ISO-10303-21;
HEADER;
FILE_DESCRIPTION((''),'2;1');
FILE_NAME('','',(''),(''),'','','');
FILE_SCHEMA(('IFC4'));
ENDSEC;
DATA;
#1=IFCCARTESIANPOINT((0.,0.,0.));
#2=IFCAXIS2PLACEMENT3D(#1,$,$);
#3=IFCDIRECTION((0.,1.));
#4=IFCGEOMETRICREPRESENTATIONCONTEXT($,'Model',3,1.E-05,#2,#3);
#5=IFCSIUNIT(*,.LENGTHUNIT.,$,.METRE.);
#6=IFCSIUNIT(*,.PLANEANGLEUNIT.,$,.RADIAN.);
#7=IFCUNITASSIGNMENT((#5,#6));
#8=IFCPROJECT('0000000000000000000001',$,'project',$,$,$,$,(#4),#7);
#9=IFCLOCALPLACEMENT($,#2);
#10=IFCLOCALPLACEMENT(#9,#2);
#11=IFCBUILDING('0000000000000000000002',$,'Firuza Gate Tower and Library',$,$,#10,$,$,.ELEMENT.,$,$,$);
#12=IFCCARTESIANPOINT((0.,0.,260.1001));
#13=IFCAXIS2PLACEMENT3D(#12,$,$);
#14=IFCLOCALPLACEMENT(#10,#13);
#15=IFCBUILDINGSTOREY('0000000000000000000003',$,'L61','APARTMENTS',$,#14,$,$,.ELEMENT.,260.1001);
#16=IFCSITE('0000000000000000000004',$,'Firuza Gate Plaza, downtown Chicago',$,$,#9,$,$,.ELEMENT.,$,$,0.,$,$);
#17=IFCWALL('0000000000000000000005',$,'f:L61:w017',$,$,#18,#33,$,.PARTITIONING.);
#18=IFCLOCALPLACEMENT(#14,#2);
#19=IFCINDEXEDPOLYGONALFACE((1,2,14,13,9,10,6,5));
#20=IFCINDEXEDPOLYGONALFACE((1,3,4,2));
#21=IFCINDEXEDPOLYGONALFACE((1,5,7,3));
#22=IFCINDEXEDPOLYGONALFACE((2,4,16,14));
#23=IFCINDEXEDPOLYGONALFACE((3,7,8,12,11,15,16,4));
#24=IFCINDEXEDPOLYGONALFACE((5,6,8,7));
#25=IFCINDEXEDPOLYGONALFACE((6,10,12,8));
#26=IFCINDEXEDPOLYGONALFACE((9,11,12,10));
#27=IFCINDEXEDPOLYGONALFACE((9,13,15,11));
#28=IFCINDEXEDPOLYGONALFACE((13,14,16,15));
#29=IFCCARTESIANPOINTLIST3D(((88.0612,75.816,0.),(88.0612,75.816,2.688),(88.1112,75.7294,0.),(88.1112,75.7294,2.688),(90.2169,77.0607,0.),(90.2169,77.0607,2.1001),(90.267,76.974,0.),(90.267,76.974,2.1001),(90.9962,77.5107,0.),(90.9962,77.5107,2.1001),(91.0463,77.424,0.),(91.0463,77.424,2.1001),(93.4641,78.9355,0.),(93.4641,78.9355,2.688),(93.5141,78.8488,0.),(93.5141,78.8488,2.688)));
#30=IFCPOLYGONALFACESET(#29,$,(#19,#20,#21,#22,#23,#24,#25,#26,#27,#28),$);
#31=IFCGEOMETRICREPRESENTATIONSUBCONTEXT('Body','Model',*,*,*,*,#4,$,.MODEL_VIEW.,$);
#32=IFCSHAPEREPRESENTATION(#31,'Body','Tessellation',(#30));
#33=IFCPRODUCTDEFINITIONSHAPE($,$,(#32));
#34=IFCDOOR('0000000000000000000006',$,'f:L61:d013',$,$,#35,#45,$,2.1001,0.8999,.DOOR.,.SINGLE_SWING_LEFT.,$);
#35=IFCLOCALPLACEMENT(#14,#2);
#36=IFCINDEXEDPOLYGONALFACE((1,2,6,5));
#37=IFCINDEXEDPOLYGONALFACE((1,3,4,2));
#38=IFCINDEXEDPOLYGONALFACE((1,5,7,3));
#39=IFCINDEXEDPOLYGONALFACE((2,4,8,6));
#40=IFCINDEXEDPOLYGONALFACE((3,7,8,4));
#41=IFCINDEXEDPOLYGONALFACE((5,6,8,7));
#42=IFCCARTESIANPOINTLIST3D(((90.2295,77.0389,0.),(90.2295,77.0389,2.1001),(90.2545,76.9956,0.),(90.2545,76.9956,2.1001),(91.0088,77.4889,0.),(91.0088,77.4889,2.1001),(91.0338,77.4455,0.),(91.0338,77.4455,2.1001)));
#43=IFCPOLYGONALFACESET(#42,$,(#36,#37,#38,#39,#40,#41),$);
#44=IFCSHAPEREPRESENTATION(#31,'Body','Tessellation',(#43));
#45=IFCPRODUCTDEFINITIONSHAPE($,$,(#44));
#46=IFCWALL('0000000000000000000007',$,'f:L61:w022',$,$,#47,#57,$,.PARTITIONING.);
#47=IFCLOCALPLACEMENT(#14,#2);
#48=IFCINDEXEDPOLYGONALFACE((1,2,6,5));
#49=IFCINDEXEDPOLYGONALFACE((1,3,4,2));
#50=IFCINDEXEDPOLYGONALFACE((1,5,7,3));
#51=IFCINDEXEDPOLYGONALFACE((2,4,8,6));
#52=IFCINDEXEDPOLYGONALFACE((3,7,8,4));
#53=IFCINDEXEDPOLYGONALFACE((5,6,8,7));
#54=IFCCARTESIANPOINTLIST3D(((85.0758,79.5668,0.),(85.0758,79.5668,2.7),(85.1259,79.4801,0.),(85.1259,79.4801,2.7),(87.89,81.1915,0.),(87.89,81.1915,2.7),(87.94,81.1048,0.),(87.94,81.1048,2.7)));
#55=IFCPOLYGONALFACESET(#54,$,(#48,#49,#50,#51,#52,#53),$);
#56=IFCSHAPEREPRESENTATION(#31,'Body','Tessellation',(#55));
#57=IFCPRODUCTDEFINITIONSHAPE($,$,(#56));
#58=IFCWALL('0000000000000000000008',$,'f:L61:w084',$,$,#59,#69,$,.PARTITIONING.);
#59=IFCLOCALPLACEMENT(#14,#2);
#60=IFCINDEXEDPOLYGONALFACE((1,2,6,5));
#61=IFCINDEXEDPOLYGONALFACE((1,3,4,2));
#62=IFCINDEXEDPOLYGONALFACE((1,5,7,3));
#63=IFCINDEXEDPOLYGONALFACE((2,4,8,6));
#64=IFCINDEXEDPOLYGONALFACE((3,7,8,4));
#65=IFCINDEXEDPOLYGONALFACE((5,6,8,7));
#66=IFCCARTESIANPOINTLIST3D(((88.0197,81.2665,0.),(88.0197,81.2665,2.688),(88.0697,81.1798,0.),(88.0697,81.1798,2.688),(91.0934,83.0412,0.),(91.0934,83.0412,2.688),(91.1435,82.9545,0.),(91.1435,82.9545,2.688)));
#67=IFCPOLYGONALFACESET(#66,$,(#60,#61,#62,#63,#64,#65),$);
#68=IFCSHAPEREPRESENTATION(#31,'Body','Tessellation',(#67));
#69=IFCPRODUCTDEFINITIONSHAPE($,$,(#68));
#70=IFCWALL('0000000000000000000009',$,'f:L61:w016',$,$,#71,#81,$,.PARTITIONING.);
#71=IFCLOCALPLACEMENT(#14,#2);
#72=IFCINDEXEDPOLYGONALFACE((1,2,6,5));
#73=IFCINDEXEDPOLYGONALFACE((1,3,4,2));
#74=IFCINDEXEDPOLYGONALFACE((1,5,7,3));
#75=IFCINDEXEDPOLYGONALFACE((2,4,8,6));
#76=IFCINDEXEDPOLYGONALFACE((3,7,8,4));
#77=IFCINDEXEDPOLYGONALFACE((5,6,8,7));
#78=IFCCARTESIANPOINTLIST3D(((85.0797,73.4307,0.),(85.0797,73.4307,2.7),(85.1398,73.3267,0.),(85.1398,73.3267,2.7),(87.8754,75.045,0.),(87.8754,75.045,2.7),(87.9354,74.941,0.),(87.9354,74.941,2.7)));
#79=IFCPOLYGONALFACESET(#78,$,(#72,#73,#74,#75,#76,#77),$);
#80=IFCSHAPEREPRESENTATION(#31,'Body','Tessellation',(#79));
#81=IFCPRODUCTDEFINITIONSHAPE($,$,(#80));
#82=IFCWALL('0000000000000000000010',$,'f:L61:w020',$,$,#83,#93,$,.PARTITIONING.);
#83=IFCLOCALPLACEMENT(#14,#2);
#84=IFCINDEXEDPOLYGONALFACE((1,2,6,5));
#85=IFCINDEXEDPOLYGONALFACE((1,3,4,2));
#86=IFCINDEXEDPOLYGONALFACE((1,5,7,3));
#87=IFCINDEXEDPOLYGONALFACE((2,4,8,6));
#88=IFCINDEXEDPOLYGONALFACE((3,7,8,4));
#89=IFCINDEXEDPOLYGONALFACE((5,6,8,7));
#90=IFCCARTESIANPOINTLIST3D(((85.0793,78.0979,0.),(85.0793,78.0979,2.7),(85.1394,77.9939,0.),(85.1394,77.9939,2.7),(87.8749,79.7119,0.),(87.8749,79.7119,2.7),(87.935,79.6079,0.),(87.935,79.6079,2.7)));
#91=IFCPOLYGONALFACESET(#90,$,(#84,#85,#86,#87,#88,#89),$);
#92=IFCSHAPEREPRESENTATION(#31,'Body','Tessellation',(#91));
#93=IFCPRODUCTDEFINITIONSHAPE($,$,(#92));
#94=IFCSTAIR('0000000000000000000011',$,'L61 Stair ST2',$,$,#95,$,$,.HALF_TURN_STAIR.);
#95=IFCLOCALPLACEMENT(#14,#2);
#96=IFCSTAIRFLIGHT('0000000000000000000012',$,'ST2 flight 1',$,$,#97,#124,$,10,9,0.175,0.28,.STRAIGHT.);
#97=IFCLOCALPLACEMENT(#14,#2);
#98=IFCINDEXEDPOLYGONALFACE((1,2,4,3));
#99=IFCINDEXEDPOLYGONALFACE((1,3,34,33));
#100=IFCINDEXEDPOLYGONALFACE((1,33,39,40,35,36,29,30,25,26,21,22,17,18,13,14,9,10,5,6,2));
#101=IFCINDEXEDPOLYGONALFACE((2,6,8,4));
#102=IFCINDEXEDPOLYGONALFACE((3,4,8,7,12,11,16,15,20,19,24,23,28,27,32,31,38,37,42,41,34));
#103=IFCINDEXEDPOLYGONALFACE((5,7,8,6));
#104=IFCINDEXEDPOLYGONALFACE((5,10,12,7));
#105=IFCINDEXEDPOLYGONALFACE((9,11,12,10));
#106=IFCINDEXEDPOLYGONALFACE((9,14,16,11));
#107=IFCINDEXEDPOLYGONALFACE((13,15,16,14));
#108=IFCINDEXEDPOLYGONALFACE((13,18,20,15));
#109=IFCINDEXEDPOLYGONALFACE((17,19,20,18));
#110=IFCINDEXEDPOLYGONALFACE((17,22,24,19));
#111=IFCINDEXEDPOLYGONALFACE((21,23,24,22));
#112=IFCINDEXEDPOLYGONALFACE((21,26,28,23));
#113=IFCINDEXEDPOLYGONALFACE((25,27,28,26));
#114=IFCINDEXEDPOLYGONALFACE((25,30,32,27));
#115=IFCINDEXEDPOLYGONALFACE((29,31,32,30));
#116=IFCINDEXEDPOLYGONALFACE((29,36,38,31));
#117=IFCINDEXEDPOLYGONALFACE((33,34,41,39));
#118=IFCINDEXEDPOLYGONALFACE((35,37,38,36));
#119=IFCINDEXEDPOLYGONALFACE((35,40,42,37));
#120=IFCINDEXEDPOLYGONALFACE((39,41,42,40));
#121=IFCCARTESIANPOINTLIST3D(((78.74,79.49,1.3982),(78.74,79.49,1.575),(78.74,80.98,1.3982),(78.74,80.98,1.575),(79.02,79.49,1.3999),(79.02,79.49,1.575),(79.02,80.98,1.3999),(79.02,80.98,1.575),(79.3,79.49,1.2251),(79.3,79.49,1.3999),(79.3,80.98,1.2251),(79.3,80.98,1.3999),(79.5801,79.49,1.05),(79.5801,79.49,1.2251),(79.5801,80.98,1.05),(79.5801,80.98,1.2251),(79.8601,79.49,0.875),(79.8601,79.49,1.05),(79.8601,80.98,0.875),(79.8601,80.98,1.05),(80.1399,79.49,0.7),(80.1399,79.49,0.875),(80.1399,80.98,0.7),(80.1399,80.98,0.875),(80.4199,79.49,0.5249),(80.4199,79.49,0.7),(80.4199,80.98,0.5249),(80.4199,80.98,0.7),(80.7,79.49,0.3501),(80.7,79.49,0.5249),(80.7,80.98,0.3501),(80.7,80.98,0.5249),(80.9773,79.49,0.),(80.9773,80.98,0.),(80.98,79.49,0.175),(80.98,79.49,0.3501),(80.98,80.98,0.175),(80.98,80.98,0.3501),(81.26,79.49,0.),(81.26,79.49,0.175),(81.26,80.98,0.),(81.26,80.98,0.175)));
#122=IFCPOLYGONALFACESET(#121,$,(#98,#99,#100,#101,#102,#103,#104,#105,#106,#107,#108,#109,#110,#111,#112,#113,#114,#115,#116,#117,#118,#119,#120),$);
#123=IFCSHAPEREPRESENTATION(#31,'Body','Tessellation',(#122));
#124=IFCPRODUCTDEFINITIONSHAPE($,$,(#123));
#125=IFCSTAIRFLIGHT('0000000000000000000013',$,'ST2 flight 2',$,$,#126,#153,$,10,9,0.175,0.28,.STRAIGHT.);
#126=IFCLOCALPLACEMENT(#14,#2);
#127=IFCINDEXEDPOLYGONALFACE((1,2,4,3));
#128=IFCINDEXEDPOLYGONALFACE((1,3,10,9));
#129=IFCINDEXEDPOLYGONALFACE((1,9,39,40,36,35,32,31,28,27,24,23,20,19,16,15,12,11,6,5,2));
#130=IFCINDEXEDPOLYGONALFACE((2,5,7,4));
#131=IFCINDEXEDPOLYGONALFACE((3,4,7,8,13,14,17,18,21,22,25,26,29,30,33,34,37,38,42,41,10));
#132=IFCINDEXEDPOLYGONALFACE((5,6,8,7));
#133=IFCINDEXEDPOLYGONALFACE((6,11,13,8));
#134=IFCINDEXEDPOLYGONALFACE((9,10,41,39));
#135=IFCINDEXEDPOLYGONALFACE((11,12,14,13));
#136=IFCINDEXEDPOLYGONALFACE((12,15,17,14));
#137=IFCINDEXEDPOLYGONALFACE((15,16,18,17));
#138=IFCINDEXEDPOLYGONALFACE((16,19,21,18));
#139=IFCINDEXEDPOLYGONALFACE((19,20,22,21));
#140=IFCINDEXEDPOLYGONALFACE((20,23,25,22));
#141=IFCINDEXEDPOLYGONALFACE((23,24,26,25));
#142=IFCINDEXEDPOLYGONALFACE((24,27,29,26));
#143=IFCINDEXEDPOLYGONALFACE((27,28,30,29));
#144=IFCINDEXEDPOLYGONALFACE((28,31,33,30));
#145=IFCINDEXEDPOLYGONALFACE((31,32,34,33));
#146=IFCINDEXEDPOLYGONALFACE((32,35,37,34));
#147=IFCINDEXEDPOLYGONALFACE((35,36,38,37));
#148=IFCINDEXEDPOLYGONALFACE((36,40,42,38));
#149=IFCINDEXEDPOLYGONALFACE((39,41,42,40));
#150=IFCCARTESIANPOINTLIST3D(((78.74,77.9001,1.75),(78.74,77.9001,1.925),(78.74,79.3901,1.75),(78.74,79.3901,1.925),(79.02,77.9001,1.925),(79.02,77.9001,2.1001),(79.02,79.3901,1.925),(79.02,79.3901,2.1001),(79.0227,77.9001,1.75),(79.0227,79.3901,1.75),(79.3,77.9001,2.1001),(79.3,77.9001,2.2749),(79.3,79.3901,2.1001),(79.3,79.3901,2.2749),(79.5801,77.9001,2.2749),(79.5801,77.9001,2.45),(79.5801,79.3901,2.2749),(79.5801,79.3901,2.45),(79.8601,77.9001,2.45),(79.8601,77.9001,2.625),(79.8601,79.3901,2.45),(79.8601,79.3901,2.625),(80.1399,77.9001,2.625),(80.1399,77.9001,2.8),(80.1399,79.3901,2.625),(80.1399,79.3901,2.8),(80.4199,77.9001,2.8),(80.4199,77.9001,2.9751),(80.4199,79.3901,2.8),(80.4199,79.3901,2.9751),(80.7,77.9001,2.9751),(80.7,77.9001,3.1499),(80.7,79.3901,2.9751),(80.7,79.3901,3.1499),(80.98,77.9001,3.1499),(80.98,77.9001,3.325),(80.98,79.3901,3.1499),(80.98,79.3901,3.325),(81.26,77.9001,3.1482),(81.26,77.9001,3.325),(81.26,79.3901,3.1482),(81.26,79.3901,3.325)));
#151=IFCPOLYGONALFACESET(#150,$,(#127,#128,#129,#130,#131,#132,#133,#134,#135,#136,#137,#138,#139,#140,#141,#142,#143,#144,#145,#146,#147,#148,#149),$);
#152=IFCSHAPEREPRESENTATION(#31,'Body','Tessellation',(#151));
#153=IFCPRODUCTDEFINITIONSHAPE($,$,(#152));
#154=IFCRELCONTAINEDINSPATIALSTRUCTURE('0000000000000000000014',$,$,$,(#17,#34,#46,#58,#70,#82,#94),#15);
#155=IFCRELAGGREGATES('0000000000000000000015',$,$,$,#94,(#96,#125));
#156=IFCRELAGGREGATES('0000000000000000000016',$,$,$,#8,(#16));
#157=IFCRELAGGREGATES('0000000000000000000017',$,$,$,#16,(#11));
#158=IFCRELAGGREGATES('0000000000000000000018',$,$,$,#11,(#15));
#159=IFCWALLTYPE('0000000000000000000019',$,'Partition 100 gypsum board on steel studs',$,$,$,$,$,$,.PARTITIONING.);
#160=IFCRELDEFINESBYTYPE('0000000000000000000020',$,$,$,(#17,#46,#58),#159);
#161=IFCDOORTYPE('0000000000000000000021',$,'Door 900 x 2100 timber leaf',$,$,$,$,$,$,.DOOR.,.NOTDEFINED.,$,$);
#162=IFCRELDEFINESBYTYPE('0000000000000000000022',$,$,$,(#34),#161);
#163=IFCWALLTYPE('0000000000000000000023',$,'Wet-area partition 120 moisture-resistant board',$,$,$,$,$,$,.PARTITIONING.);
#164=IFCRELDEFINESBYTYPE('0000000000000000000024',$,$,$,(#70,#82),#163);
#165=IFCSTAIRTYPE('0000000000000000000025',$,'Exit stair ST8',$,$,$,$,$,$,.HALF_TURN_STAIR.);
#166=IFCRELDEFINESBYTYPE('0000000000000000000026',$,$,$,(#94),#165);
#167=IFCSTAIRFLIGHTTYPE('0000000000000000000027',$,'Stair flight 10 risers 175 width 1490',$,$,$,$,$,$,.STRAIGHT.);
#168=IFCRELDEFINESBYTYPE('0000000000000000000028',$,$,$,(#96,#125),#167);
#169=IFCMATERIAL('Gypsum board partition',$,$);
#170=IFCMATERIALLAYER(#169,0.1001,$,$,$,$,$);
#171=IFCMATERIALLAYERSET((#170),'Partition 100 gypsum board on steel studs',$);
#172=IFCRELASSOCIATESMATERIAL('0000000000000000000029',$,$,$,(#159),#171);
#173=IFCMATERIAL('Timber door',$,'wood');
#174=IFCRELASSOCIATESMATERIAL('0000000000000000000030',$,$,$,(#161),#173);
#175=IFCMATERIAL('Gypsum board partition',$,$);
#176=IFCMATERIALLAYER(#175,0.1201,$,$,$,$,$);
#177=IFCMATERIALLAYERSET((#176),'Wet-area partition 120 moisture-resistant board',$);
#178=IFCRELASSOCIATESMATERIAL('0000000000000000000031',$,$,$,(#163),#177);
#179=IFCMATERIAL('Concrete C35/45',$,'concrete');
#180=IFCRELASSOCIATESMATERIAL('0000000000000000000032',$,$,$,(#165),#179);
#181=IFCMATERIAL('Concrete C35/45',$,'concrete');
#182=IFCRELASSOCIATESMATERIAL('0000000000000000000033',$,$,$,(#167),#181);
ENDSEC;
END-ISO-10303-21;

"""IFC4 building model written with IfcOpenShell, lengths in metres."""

from ifc_helpers import new_model, si_unit, direction, frame, frame_2d, origin, place, context, subcontext, project, spatial, polyline, rectangle, outline, extrude, material, layer, layer_set, type_object, element, fill, aggregate, save


model = new_model("IFC4")

# Units and contexts
model_context = context("Model", 3, precision=1e-05, world=origin(), true_north=direction((0.0, 1.0)))
body_context = subcontext(model_context, "Body", "Model", "MODEL_VIEW")
ifc_project = project(units=[si_unit("LENGTHUNIT", "METRE"), si_unit("PLANEANGLEUNIT", "RADIAN")], contexts=[model_context])

# Site, building, storey
site_placement = place(None, origin())
site = spatial("IfcSite", under=ifc_project, at=site_placement, Name="Firuza Gate Plaza, downtown Chicago", CompositionType="ELEMENT", RefElevation=0.0)
building_placement = place(site_placement, origin())
building = spatial("IfcBuilding", under=site, at=building_placement, Name="Firuza Gate Tower and Library", CompositionType="ELEMENT")
storey_placement = place(building_placement, frame((0.0, 0.0, 260.1001)))
storey = spatial("IfcBuildingStorey", under=building, at=storey_placement, Name="L61", Description="APARTMENTS", CompositionType="ELEMENT", Elevation=260.1001)

# Shared definitions
placement = place(storey_placement, origin())

# Wall, opening, door
ifc_material_1 = material(Name="Gypsum board partition")
ifc_layer_1 = layer(ifc_material_1, 0.1001)
ifc_layer_set_1 = layer_set([ifc_layer_1], Name="Partition 100 gypsum board on steel studs")
wall_type_1 = type_object("IfcWallType", Name="Partition 100 gypsum board on steel studs", PredefinedType="PARTITIONING", material=ifc_layer_set_1)
wall_1_placement = place(storey_placement, frame((88.0862, 75.7727, 0.0), z_axis=(0.0, 0.0, 1.0), x_axis=(0.866021, 0.500007, 0.0)))
wall_1 = element("IfcWall", 1, at=wall_1_placement, inside=storey, type_object=wall_type_1, Name="f:L61:w017", PredefinedType="PARTITIONING", context=body_context, shape_type="SweptSolid", body=[
    extrude(rectangle(XDim=6.2388, YDim=0.1001, at=frame_2d((3.1194, 0.0))), origin(), (0.0, 0.0, 1.0), 2.688),
])
opening_1_placement = place(wall_1_placement, frame((2.4893, 0.0, 0.0)))
opening_1 = element("IfcOpeningElement", 2, at=opening_1_placement, cuts=wall_1, PredefinedType="OPENING", context=body_context, shape_type="SweptSolid", body=[
    extrude(rectangle(XDim=0.8999, YDim=2.1001, at=frame_2d((0.45, 1.05))), frame((0.0, 0.0601, 0.0), z_axis=(0.0, -1.0, 0.0), x_axis=(1.0, 0.0, 0.0)), (0.0, 0.0, 1.0), 0.1201),
])
ifc_material_2 = material(Name="Timber door", Category="wood")
door_type_1 = type_object("IfcDoorType", Name="Door 900 x 2100 timber leaf", OperationType="NOTDEFINED", PredefinedType="DOOR", material=ifc_material_2)
door_1_placement = place(opening_1_placement, origin())
door_1 = element("IfcDoor", 3, at=door_1_placement, inside=storey, type_object=door_type_1, Name="f:L61:d013", OperationType="SINGLE_SWING_LEFT", OverallHeight=2.1001, OverallWidth=0.8999, PredefinedType="DOOR", context=body_context, shape_type="SweptSolid", body=[
    extrude(rectangle(XDim=0.8999, YDim=2.1001, at=frame_2d((0.45, 1.05))), frame((0.0, 0.0249, 0.0), z_axis=(0.0, -1.0, 0.0), x_axis=(1.0, 0.0, 0.0)), (0.0, 0.0, 1.0), 0.05),
])
fill(opening_1, door_1)

# Walls
wall_2_placement = place(storey_placement, frame((85.1008, 79.5234, 0.0), z_axis=(0.0, 0.0, 1.0), x_axis=(0.866029, 0.499993, 0.0)))
element("IfcWall", 4, at=wall_2_placement, inside=storey, type_object=wall_type_1, Name="f:L61:w022", PredefinedType="PARTITIONING", context=body_context, shape_type="SweptSolid", body=[
    extrude(rectangle(XDim=3.2495, YDim=0.1001, at=frame_2d((1.6248, 0.0))), origin(), (0.0, 0.0, 1.0), 2.7),
])
wall_3_placement = place(storey_placement, frame((88.0447, 81.2231, 0.0), z_axis=(0.0, 0.0, 1.0), x_axis=(0.866021, 0.500008, 0.0)))
element("IfcWall", 5, at=wall_3_placement, inside=storey, type_object=wall_type_1, Name="f:L61:w084", PredefinedType="PARTITIONING", context=body_context, shape_type="SweptSolid", body=[
    extrude(rectangle(XDim=3.5493, YDim=0.1001, at=frame_2d((1.7747, 0.0))), origin(), (0.0, 0.0, 1.0), 2.688),
])
ifc_material_3 = material(Name="Gypsum board partition")
ifc_layer_2 = layer(ifc_material_3, 0.1201)
ifc_layer_set_2 = layer_set([ifc_layer_2], Name="Wet-area partition 120 moisture-resistant board")
wall_type_2 = type_object("IfcWallType", Name="Wet-area partition 120 moisture-resistant board", PredefinedType="PARTITIONING", material=ifc_layer_set_2)
wall_4_placement = place(storey_placement, frame((85.1096, 73.3787, 0.0), z_axis=(0.0, 0.0, 1.0), x_axis=(0.866, 0.500043, 0.0)))
element("IfcWall", 6, at=wall_4_placement, inside=storey, type_object=wall_type_2, Name="f:L61:w016", PredefinedType="PARTITIONING", context=body_context, shape_type="SweptSolid", body=[
    extrude(rectangle(XDim=3.2283, YDim=0.1201, at=frame_2d((1.6143, 0.0))), origin(), (0.0, 0.0, 1.0), 2.7),
])
wall_5_placement = place(storey_placement, frame((85.1094, 78.0459, 0.0), z_axis=(0.0, 0.0, 1.0), x_axis=(0.866033, 0.499987, 0.0)))
element("IfcWall", 7, at=wall_5_placement, inside=storey, type_object=wall_type_2, Name="f:L61:w020", PredefinedType="PARTITIONING", context=body_context, shape_type="SweptSolid", body=[
    extrude(rectangle(XDim=3.228, YDim=0.1201, at=frame_2d((1.614, 0.0))), origin(), (0.0, 0.0, 1.0), 2.7),
])

# Stair, stair flights
ifc_material_4 = material(Name="Concrete C35/45", Category="concrete")
stair_type = type_object("IfcStairType", Name="Exit stair ST8", PredefinedType="HALF_TURN_STAIR", material=ifc_material_4)
stair = element("IfcStair", 8, at=placement, inside=storey, type_object=stair_type, Name="L61 Stair ST2", PredefinedType="HALF_TURN_STAIR")
ifc_material_5 = material(Name="Concrete C35/45", Category="concrete")
stair_flight_type = type_object("IfcStairFlightType", Name="Stair flight 10 risers 175 width 1490", PredefinedType="STRAIGHT", material=ifc_material_5)
stair_flight_1_placement = place(storey_placement, frame((81.26, 80.2351, 0.0), z_axis=(0.0, 0.0, 1.0), x_axis=(-1.0, 0.0, 0.0)))
stair_flight_1 = element("IfcStairFlight", 9, at=stair_flight_1_placement, type_object=stair_flight_type, Name="ST2 flight 1", NumberOfRisers=10, NumberOfTreads=9, PredefinedType="STRAIGHT", RiserHeight=0.175, TreadLength=0.28, context=body_context, shape_type="SweptSolid", body=[
    extrude(outline(polyline([(0.0, 0.0), (0.0, 0.175), (0.28, 0.175), (0.28, 0.3501), (0.5601, 0.3501), (0.5601, 0.5249), (0.8401, 0.5249), (0.8401, 0.7), (1.1201, 0.7), (1.1201, 0.875), (1.3999, 0.875), (1.3999, 1.05), (1.6799, 1.05), (1.6799, 1.2251), (1.96, 1.2251), (1.96, 1.3999), (2.24, 1.3999), (2.24, 1.575), (2.52, 1.575), (2.52, 1.75), (2.52, 1.3982), (0.2827, 0.0), (0.0, 0.0)])), frame((0.0, 0.7451, 0.0), z_axis=(0.0, -1.0, 0.0), x_axis=(1.0, 0.0, 0.0)), (0.0, 0.0, 1.0), 1.49),
])
stair_flight_2_placement = place(storey_placement, frame((78.74, 78.645, 1.75), z_axis=(0.0, 0.0, 1.0), x_axis=(1.0, 0.0, 0.0)))
stair_flight_2 = element("IfcStairFlight", 10, at=stair_flight_2_placement, type_object=stair_flight_type, Name="ST2 flight 2", NumberOfRisers=10, NumberOfTreads=9, PredefinedType="STRAIGHT", RiserHeight=0.175, TreadLength=0.28, context=body_context, shape_type="SweptSolid", body=[
    extrude(outline(polyline([(0.0, 0.0), (0.0, 0.175), (0.28, 0.175), (0.28, 0.3501), (0.5601, 0.3501), (0.5601, 0.5249), (0.8401, 0.5249), (0.8401, 0.7), (1.1201, 0.7), (1.1201, 0.875), (1.3999, 0.875), (1.3999, 1.05), (1.6799, 1.05), (1.6799, 1.2251), (1.96, 1.2251), (1.96, 1.3999), (2.24, 1.3999), (2.24, 1.575), (2.52, 1.575), (2.52, 1.75), (2.52, 1.3982), (0.2827, 0.0), (0.0, 0.0)])), frame((0.0, 0.7451, 0.0), z_axis=(0.0, -1.0, 0.0), x_axis=(1.0, 0.0, 0.0)), (0.0, 0.0, 1.0), 1.49),
])
aggregate(stair, [stair_flight_1, stair_flight_2])

save(model, "model.ifc")
